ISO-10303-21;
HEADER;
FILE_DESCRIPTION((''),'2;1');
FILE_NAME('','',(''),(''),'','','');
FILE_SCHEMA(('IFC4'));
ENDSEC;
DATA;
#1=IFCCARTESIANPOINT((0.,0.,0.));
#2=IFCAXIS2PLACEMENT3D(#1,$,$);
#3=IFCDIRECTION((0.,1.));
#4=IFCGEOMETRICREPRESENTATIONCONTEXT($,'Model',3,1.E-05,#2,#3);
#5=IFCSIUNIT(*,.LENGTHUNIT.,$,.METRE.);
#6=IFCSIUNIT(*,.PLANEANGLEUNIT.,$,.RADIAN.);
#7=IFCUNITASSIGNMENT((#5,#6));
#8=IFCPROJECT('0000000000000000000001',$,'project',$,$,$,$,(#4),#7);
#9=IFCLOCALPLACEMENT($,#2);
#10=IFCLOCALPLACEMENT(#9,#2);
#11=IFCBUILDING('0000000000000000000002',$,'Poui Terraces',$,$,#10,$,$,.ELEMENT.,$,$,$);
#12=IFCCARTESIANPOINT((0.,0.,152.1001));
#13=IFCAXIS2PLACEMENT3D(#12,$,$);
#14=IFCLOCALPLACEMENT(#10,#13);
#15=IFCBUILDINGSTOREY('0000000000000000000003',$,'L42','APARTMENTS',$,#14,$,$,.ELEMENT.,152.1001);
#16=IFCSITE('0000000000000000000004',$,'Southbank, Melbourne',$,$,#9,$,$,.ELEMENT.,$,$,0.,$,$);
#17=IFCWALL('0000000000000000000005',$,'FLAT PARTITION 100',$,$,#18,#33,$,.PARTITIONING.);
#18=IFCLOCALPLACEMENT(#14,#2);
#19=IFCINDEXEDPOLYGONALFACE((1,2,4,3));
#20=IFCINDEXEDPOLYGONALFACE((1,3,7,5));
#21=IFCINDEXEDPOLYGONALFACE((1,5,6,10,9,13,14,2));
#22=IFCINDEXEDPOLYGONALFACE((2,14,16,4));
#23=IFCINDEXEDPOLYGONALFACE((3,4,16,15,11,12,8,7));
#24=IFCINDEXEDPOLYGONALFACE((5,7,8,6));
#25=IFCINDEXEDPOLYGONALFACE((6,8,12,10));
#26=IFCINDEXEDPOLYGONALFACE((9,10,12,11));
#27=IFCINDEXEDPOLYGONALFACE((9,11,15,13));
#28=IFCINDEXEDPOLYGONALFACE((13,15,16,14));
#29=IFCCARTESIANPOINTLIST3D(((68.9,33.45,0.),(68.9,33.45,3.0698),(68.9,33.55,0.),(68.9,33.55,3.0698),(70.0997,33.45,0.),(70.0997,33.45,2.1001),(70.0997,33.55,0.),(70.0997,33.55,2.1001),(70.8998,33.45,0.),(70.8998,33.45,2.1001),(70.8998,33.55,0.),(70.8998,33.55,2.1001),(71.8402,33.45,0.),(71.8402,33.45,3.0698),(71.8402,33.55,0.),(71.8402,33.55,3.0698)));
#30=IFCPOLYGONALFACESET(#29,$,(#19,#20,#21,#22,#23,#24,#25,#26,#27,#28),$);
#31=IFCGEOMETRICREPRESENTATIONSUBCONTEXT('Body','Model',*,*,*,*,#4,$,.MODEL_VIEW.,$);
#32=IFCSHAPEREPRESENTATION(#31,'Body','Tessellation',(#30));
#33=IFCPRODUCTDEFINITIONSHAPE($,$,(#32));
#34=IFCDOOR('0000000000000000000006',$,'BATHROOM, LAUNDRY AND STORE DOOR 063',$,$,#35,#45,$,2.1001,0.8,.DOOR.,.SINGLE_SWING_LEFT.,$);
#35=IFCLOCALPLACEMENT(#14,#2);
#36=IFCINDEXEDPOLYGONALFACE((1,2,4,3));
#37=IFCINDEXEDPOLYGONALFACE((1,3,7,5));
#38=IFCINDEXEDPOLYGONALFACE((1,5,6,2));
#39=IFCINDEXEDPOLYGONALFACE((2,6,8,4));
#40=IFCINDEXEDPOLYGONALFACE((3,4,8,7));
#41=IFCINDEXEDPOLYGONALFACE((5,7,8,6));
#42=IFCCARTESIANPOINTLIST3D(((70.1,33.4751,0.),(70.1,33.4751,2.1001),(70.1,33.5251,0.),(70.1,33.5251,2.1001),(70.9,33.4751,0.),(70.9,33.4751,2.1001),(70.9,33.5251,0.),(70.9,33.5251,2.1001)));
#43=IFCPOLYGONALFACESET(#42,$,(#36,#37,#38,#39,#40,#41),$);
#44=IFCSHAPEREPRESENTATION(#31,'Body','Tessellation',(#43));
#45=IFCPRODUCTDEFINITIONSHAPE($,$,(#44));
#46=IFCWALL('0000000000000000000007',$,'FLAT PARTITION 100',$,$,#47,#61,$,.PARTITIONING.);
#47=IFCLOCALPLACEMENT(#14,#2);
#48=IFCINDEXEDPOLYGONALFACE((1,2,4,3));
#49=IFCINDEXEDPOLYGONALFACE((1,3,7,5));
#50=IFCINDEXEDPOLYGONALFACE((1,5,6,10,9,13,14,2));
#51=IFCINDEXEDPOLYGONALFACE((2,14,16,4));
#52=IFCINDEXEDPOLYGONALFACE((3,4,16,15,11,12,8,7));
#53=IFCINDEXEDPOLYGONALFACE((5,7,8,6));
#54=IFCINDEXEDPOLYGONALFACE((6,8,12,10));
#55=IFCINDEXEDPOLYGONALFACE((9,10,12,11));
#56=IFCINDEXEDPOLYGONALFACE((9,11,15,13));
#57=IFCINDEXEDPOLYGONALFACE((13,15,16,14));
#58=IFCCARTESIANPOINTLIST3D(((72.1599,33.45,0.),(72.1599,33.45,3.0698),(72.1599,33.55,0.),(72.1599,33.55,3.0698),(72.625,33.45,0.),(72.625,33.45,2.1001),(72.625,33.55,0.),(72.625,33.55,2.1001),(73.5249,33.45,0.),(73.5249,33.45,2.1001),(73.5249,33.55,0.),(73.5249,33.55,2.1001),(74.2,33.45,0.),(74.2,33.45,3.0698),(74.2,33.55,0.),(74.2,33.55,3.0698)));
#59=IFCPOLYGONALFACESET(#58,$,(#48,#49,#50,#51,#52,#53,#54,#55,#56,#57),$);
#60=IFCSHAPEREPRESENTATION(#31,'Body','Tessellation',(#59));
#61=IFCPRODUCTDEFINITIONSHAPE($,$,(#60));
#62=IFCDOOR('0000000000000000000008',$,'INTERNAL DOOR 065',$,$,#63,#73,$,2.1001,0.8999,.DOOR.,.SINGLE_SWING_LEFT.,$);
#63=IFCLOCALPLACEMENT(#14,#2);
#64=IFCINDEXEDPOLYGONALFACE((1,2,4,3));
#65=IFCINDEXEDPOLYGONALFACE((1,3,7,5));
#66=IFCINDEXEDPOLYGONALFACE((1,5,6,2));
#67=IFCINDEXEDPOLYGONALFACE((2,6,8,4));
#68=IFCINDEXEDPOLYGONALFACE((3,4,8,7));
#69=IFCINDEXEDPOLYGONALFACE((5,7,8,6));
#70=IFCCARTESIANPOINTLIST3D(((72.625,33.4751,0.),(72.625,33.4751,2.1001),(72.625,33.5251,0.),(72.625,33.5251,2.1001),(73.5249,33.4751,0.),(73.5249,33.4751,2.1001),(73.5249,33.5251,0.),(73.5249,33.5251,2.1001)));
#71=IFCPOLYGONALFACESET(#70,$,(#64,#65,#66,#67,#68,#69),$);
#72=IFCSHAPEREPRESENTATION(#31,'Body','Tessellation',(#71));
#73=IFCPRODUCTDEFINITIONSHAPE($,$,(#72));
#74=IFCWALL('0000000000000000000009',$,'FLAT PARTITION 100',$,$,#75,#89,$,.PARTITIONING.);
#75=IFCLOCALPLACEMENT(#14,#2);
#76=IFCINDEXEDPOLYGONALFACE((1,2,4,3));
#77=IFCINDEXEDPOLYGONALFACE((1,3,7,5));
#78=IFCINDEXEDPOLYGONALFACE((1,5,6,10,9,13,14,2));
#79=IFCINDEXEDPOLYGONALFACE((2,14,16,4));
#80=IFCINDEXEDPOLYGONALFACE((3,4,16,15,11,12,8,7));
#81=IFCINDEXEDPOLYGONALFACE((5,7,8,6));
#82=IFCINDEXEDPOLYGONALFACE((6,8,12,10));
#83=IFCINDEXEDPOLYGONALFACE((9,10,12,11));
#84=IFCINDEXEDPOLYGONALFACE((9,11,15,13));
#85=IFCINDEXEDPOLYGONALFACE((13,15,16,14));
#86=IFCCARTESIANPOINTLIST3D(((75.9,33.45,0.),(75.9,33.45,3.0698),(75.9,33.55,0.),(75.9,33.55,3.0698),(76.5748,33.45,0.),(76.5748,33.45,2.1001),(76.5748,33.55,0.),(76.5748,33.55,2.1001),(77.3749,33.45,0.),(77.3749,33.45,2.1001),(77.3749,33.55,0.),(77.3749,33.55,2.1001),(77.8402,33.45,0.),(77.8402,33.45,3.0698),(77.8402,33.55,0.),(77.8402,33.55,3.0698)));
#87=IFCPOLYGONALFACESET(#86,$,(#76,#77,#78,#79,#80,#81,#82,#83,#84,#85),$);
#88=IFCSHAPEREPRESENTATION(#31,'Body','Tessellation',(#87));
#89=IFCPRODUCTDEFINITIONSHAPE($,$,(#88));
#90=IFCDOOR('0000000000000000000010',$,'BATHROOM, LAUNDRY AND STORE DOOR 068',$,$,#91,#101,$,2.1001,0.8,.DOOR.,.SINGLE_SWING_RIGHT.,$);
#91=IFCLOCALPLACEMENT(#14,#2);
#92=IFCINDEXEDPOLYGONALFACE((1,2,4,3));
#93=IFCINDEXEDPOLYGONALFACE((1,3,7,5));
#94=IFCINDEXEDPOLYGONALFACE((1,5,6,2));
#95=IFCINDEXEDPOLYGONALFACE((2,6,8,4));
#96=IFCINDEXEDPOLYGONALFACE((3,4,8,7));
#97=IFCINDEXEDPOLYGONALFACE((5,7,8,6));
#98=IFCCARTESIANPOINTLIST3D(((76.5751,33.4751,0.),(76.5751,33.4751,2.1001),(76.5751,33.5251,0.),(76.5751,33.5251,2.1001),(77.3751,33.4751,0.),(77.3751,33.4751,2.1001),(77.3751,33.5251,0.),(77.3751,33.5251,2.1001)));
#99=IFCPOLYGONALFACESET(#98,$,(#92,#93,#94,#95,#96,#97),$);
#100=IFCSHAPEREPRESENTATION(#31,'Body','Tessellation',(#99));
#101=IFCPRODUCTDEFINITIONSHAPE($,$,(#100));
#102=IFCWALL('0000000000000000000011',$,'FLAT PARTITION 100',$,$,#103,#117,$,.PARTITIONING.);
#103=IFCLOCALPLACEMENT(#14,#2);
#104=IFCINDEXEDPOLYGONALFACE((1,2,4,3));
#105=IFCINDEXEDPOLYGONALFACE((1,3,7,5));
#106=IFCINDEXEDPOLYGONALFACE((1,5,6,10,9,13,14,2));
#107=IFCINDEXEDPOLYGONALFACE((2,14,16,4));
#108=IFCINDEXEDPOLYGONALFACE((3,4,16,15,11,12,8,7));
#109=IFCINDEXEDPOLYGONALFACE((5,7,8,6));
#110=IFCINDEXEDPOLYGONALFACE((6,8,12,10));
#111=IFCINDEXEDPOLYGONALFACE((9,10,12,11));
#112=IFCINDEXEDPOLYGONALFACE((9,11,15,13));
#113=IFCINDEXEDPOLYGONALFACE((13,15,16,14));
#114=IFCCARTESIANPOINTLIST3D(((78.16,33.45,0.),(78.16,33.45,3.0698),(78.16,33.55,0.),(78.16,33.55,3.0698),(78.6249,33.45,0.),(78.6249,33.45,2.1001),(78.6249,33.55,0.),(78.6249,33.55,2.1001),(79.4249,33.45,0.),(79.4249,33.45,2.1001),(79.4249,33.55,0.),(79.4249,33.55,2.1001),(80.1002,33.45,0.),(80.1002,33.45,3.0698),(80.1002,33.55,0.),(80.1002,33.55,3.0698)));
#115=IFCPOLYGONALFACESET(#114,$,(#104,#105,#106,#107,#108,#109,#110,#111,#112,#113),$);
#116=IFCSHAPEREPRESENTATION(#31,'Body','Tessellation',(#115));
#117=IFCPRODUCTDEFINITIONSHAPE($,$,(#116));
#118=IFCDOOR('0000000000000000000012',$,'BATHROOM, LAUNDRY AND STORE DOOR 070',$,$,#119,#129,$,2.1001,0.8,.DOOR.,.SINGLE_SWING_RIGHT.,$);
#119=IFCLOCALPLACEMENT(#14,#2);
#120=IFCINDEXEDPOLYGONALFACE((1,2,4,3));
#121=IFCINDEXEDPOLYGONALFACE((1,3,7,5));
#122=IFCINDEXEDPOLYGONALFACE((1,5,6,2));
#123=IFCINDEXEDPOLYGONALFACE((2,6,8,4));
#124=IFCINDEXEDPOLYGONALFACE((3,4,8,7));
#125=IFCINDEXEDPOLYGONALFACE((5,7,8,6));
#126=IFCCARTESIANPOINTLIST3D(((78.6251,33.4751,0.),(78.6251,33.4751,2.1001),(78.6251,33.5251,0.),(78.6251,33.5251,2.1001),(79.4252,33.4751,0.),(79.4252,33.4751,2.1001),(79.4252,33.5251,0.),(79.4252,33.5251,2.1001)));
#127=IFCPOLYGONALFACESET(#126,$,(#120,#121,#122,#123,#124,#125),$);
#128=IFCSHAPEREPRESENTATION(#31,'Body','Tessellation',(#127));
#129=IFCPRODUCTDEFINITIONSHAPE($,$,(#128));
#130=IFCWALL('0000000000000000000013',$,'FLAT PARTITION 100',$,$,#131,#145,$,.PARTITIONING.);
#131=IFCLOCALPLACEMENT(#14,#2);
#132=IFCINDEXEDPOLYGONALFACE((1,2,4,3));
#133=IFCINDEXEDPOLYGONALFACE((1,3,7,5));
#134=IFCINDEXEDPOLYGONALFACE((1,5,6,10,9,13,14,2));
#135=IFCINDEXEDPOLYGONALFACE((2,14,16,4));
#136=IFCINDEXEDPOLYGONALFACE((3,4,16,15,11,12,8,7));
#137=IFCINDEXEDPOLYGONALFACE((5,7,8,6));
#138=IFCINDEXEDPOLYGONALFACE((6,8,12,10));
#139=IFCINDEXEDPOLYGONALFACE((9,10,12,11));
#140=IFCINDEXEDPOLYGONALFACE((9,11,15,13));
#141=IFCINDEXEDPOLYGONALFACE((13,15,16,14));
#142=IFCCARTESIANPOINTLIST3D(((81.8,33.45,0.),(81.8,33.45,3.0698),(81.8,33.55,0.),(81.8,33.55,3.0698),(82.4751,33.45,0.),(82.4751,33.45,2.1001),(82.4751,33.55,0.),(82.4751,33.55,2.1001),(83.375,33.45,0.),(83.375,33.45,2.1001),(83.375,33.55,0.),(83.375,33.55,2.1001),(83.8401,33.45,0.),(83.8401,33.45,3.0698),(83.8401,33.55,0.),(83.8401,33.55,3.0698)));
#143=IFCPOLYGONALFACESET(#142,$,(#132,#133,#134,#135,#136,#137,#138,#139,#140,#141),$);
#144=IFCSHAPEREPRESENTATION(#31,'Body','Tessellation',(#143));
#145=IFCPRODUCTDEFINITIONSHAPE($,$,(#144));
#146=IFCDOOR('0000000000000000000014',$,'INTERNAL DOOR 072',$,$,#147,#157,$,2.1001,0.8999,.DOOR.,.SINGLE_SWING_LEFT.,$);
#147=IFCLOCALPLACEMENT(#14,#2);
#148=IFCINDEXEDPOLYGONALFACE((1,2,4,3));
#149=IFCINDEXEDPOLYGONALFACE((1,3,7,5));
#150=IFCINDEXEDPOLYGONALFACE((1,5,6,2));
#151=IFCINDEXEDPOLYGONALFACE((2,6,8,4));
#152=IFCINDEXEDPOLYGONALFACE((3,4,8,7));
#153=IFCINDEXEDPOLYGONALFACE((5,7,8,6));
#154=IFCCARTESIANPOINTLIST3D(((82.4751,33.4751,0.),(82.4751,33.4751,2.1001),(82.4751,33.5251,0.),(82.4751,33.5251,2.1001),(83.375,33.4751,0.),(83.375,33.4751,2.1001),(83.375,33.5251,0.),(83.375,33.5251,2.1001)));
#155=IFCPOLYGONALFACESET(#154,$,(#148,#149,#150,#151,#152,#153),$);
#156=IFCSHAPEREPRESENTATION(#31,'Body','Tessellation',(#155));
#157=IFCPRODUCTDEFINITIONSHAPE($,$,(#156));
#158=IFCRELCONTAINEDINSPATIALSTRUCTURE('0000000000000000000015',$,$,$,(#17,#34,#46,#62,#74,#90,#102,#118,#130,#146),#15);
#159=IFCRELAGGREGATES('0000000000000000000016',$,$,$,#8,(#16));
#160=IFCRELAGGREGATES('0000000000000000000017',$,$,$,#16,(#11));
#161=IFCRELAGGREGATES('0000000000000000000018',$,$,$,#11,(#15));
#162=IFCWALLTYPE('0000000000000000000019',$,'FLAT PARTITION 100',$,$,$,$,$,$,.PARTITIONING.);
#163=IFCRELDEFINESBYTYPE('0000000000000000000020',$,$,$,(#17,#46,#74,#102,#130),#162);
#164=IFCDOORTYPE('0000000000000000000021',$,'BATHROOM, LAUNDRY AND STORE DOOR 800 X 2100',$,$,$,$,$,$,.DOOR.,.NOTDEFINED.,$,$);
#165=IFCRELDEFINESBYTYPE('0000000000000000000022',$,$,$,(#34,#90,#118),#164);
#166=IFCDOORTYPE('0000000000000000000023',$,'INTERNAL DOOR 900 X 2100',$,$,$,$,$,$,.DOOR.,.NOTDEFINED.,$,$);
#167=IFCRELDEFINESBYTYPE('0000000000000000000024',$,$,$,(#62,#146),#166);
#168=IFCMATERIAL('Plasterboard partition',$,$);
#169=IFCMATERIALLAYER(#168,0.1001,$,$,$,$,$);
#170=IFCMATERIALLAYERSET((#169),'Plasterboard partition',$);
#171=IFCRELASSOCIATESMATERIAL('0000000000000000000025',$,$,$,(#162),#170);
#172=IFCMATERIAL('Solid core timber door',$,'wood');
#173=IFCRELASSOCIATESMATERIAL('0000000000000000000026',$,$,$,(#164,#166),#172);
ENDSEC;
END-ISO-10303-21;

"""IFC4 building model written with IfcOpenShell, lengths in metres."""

from ifc_helpers import new_model, si_unit, direction, frame, frame_2d, origin, place, context, subcontext, project, spatial, rectangle, extrude, material, layer, layer_set, type_object, element, fill, save


model = new_model("IFC4")

# Units and contexts
model_context = context("Model", 3, precision=1e-05, world=origin(), true_north=direction((0.0, 1.0)))
body_context = subcontext(model_context, "Body", "Model", "MODEL_VIEW")
ifc_project = project(units=[si_unit("LENGTHUNIT", "METRE"), si_unit("PLANEANGLEUNIT", "RADIAN")], contexts=[model_context])

# Site, building, storey
site_placement = place(None, origin())
site = spatial("IfcSite", under=ifc_project, at=site_placement, Name="Southbank, Melbourne", CompositionType="ELEMENT", RefElevation=0.0)
building_placement = place(site_placement, origin())
building = spatial("IfcBuilding", under=site, at=building_placement, Name="Poui Terraces", CompositionType="ELEMENT")
storey_placement = place(building_placement, frame((0.0, 0.0, 152.1001)))
storey = spatial("IfcBuildingStorey", under=building, at=storey_placement, Name="L42", Description="APARTMENTS", CompositionType="ELEMENT", Elevation=152.1001)

# Walls, openings, doors
ifc_material_1 = material(Name="Plasterboard partition")
ifc_layer_1 = layer(ifc_material_1, 0.1001)
ifc_layer_set_1 = layer_set([ifc_layer_1], Name="Plasterboard partition")
wall_type_1 = type_object("IfcWallType", Name="FLAT PARTITION 100", PredefinedType="PARTITIONING", material=ifc_layer_set_1)
wall_1_placement = place(storey_placement, frame((68.8999, 33.5, 0.0), z_axis=(0.0, 0.0, 1.0), x_axis=(1.0, 0.0, 0.0)))
wall_1 = element("IfcWall", 1, at=wall_1_placement, inside=storey, type_object=wall_type_1, Name="FLAT PARTITION 100", PredefinedType="PARTITIONING", context=body_context, shape_type="SweptSolid", body=[
    extrude(rectangle(XDim=2.9402, YDim=0.1001, at=frame_2d((1.4702, 0.0))), origin(), (0.0, 0.0, 1.0), 3.0698),
])
opening_1_placement = place(wall_1_placement, frame((1.2, 0.0, 0.0)))
opening_1 = element("IfcOpeningElement", 2, at=opening_1_placement, cuts=wall_1, PredefinedType="OPENING", context=body_context, shape_type="SweptSolid", body=[
    extrude(rectangle(XDim=0.8, YDim=2.1001, at=frame_2d((0.3999, 1.05))), frame((0.0, 0.0601, 0.0), z_axis=(0.0, -1.0, 0.0), x_axis=(1.0, 0.0, 0.0)), (0.0, 0.0, 1.0), 0.1201),
])
ifc_material_2 = material(Name="Solid core timber door", Category="wood")
door_type_1 = type_object("IfcDoorType", Name="BATHROOM, LAUNDRY AND STORE DOOR 800 X 2100", OperationType="NOTDEFINED", PredefinedType="DOOR", material=ifc_material_2)
door_1_placement = place(opening_1_placement, frame((0.8, 0.0, 0.0), z_axis=(0.0, 0.0, 1.0), x_axis=(-1.0, 0.0, 0.0)))
door_1 = element("IfcDoor", 3, at=door_1_placement, inside=storey, type_object=door_type_1, Name="BATHROOM, LAUNDRY AND STORE DOOR 063", OperationType="SINGLE_SWING_LEFT", OverallHeight=2.1001, OverallWidth=0.8, PredefinedType="DOOR", context=body_context, shape_type="SweptSolid", body=[
    extrude(rectangle(XDim=0.8, YDim=2.1001, at=frame_2d((0.3999, 1.05))), frame((0.0, 0.0249, 0.0), z_axis=(0.0, -1.0, 0.0), x_axis=(1.0, 0.0, 0.0)), (0.0, 0.0, 1.0), 0.05),
])
fill(opening_1, door_1)
wall_2_placement = place(storey_placement, frame((72.1599, 33.5, 0.0), z_axis=(0.0, 0.0, 1.0), x_axis=(1.0, 0.0, 0.0)))
wall_2 = element("IfcWall", 4, at=wall_2_placement, inside=storey, type_object=wall_type_1, Name="FLAT PARTITION 100", PredefinedType="PARTITIONING", context=body_context, shape_type="SweptSolid", body=[
    extrude(rectangle(XDim=2.04, YDim=0.1001, at=frame_2d((1.02, 0.0))), origin(), (0.0, 0.0, 1.0), 3.0698),
])
opening_2_placement = place(wall_2_placement, frame((0.4651, 0.0, 0.0)))
opening_2 = element("IfcOpeningElement", 5, at=opening_2_placement, cuts=wall_2, PredefinedType="OPENING", context=body_context, shape_type="SweptSolid", body=[
    extrude(rectangle(XDim=0.8999, YDim=2.1001, at=frame_2d((0.45, 1.05))), frame((0.0, 0.0601, 0.0), z_axis=(0.0, -1.0, 0.0), x_axis=(1.0, 0.0, 0.0)), (0.0, 0.0, 1.0), 0.1201),
])
door_type_2 = type_object("IfcDoorType", Name="INTERNAL DOOR 900 X 2100", OperationType="NOTDEFINED", PredefinedType="DOOR", material=ifc_material_2)
door_2_placement = place(opening_2_placement, frame((0.8999, 0.0, 0.0), z_axis=(0.0, 0.0, 1.0), x_axis=(-1.0, 0.0, 0.0)))
door_2 = element("IfcDoor", 6, at=door_2_placement, inside=storey, type_object=door_type_2, Name="INTERNAL DOOR 065", OperationType="SINGLE_SWING_LEFT", OverallHeight=2.1001, OverallWidth=0.8999, PredefinedType="DOOR", context=body_context, shape_type="SweptSolid", body=[
    extrude(rectangle(XDim=0.8999, YDim=2.1001, at=frame_2d((0.45, 1.05))), frame((0.0, 0.0249, 0.0), z_axis=(0.0, -1.0, 0.0), x_axis=(1.0, 0.0, 0.0)), (0.0, 0.0, 1.0), 0.05),
])
fill(opening_2, door_2)
wall_3_placement = place(storey_placement, frame((75.8999, 33.5, 0.0), z_axis=(0.0, 0.0, 1.0), x_axis=(1.0, 0.0, 0.0)))
wall_3 = element("IfcWall", 7, at=wall_3_placement, inside=storey, type_object=wall_type_1, Name="FLAT PARTITION 100", PredefinedType="PARTITIONING", context=body_context, shape_type="SweptSolid", body=[
    extrude(rectangle(XDim=1.9402, YDim=0.1001, at=frame_2d((0.9702, 0.0))), origin(), (0.0, 0.0, 1.0), 3.0698),
])
opening_3_placement = place(wall_3_placement, frame((0.675, 0.0, 0.0)))
opening_3 = element("IfcOpeningElement", 8, at=opening_3_placement, cuts=wall_3, PredefinedType="OPENING", context=body_context, shape_type="SweptSolid", body=[
    extrude(rectangle(XDim=0.8, YDim=2.1001, at=frame_2d((0.3999, 1.05))), frame((0.0, 0.0601, 0.0), z_axis=(0.0, -1.0, 0.0), x_axis=(1.0, 0.0, 0.0)), (0.0, 0.0, 1.0), 0.1201),
])
door_3_placement = place(opening_3_placement, frame((0.8, 0.0, 0.0), z_axis=(0.0, 0.0, 1.0), x_axis=(-1.0, 0.0, 0.0)))
door_3 = element("IfcDoor", 9, at=door_3_placement, inside=storey, type_object=door_type_1, Name="BATHROOM, LAUNDRY AND STORE DOOR 068", OperationType="SINGLE_SWING_RIGHT", OverallHeight=2.1001, OverallWidth=0.8, PredefinedType="DOOR", context=body_context, shape_type="SweptSolid", body=[
    extrude(rectangle(XDim=0.8, YDim=2.1001, at=frame_2d((0.3999, 1.05))), frame((0.0, 0.0249, 0.0), z_axis=(0.0, -1.0, 0.0), x_axis=(1.0, 0.0, 0.0)), (0.0, 0.0, 1.0), 0.05),
])
fill(opening_3, door_3)
wall_4_placement = place(storey_placement, frame((78.1599, 33.5, 0.0), z_axis=(0.0, 0.0, 1.0), x_axis=(1.0, 0.0, 0.0)))
wall_4 = element("IfcWall", 10, at=wall_4_placement, inside=storey, type_object=wall_type_1, Name="FLAT PARTITION 100", PredefinedType="PARTITIONING", context=body_context, shape_type="SweptSolid", body=[
    extrude(rectangle(XDim=1.9402, YDim=0.1001, at=frame_2d((0.9702, 0.0))), origin(), (0.0, 0.0, 1.0), 3.0698),
])
opening_4_placement = place(wall_4_placement, frame((0.4651, 0.0, 0.0)))
opening_4 = element("IfcOpeningElement", 11, at=opening_4_placement, cuts=wall_4, PredefinedType="OPENING", context=body_context, shape_type="SweptSolid", body=[
    extrude(rectangle(XDim=0.8, YDim=2.1001, at=frame_2d((0.3999, 1.05))), frame((0.0, 0.0601, 0.0), z_axis=(0.0, -1.0, 0.0), x_axis=(1.0, 0.0, 0.0)), (0.0, 0.0, 1.0), 0.1201),
])
door_4_placement = place(opening_4_placement, frame((0.8, 0.0, 0.0), z_axis=(0.0, 0.0, 1.0), x_axis=(-1.0, 0.0, 0.0)))
door_4 = element("IfcDoor", 12, at=door_4_placement, inside=storey, type_object=door_type_1, Name="BATHROOM, LAUNDRY AND STORE DOOR 070", OperationType="SINGLE_SWING_RIGHT", OverallHeight=2.1001, OverallWidth=0.8, PredefinedType="DOOR", context=body_context, shape_type="SweptSolid", body=[
    extrude(rectangle(XDim=0.8, YDim=2.1001, at=frame_2d((0.3999, 1.05))), frame((0.0, 0.0249, 0.0), z_axis=(0.0, -1.0, 0.0), x_axis=(1.0, 0.0, 0.0)), (0.0, 0.0, 1.0), 0.05),
])
fill(opening_4, door_4)
wall_5_placement = place(storey_placement, frame((81.8, 33.5, 0.0), z_axis=(0.0, 0.0, 1.0), x_axis=(1.0, 0.0, 0.0)))
wall_5 = element("IfcWall", 13, at=wall_5_placement, inside=storey, type_object=wall_type_1, Name="FLAT PARTITION 100", PredefinedType="PARTITIONING", context=body_context, shape_type="SweptSolid", body=[
    extrude(rectangle(XDim=2.04, YDim=0.1001, at=frame_2d((1.02, 0.0))), origin(), (0.0, 0.0, 1.0), 3.0698),
])
opening_5_placement = place(wall_5_placement, frame((0.675, 0.0, 0.0)))
opening_5 = element("IfcOpeningElement", 14, at=opening_5_placement, cuts=wall_5, PredefinedType="OPENING", context=body_context, shape_type="SweptSolid", body=[
    extrude(rectangle(XDim=0.8999, YDim=2.1001, at=frame_2d((0.45, 1.05))), frame((0.0, 0.0601, 0.0), z_axis=(0.0, -1.0, 0.0), x_axis=(1.0, 0.0, 0.0)), (0.0, 0.0, 1.0), 0.1201),
])
door_5_placement = place(opening_5_placement, frame((0.8999, 0.0, 0.0), z_axis=(0.0, 0.0, 1.0), x_axis=(-1.0, 0.0, 0.0)))
door_5 = element("IfcDoor", 15, at=door_5_placement, inside=storey, type_object=door_type_2, Name="INTERNAL DOOR 072", OperationType="SINGLE_SWING_LEFT", OverallHeight=2.1001, OverallWidth=0.8999, PredefinedType="DOOR", context=body_context, shape_type="SweptSolid", body=[
    extrude(rectangle(XDim=0.8999, YDim=2.1001, at=frame_2d((0.45, 1.05))), frame((0.0, 0.0249, 0.0), z_axis=(0.0, -1.0, 0.0), x_axis=(1.0, 0.0, 0.0)), (0.0, 0.0, 1.0), 0.05),
])
fill(opening_5, door_5)

save(model, "model.ifc")
